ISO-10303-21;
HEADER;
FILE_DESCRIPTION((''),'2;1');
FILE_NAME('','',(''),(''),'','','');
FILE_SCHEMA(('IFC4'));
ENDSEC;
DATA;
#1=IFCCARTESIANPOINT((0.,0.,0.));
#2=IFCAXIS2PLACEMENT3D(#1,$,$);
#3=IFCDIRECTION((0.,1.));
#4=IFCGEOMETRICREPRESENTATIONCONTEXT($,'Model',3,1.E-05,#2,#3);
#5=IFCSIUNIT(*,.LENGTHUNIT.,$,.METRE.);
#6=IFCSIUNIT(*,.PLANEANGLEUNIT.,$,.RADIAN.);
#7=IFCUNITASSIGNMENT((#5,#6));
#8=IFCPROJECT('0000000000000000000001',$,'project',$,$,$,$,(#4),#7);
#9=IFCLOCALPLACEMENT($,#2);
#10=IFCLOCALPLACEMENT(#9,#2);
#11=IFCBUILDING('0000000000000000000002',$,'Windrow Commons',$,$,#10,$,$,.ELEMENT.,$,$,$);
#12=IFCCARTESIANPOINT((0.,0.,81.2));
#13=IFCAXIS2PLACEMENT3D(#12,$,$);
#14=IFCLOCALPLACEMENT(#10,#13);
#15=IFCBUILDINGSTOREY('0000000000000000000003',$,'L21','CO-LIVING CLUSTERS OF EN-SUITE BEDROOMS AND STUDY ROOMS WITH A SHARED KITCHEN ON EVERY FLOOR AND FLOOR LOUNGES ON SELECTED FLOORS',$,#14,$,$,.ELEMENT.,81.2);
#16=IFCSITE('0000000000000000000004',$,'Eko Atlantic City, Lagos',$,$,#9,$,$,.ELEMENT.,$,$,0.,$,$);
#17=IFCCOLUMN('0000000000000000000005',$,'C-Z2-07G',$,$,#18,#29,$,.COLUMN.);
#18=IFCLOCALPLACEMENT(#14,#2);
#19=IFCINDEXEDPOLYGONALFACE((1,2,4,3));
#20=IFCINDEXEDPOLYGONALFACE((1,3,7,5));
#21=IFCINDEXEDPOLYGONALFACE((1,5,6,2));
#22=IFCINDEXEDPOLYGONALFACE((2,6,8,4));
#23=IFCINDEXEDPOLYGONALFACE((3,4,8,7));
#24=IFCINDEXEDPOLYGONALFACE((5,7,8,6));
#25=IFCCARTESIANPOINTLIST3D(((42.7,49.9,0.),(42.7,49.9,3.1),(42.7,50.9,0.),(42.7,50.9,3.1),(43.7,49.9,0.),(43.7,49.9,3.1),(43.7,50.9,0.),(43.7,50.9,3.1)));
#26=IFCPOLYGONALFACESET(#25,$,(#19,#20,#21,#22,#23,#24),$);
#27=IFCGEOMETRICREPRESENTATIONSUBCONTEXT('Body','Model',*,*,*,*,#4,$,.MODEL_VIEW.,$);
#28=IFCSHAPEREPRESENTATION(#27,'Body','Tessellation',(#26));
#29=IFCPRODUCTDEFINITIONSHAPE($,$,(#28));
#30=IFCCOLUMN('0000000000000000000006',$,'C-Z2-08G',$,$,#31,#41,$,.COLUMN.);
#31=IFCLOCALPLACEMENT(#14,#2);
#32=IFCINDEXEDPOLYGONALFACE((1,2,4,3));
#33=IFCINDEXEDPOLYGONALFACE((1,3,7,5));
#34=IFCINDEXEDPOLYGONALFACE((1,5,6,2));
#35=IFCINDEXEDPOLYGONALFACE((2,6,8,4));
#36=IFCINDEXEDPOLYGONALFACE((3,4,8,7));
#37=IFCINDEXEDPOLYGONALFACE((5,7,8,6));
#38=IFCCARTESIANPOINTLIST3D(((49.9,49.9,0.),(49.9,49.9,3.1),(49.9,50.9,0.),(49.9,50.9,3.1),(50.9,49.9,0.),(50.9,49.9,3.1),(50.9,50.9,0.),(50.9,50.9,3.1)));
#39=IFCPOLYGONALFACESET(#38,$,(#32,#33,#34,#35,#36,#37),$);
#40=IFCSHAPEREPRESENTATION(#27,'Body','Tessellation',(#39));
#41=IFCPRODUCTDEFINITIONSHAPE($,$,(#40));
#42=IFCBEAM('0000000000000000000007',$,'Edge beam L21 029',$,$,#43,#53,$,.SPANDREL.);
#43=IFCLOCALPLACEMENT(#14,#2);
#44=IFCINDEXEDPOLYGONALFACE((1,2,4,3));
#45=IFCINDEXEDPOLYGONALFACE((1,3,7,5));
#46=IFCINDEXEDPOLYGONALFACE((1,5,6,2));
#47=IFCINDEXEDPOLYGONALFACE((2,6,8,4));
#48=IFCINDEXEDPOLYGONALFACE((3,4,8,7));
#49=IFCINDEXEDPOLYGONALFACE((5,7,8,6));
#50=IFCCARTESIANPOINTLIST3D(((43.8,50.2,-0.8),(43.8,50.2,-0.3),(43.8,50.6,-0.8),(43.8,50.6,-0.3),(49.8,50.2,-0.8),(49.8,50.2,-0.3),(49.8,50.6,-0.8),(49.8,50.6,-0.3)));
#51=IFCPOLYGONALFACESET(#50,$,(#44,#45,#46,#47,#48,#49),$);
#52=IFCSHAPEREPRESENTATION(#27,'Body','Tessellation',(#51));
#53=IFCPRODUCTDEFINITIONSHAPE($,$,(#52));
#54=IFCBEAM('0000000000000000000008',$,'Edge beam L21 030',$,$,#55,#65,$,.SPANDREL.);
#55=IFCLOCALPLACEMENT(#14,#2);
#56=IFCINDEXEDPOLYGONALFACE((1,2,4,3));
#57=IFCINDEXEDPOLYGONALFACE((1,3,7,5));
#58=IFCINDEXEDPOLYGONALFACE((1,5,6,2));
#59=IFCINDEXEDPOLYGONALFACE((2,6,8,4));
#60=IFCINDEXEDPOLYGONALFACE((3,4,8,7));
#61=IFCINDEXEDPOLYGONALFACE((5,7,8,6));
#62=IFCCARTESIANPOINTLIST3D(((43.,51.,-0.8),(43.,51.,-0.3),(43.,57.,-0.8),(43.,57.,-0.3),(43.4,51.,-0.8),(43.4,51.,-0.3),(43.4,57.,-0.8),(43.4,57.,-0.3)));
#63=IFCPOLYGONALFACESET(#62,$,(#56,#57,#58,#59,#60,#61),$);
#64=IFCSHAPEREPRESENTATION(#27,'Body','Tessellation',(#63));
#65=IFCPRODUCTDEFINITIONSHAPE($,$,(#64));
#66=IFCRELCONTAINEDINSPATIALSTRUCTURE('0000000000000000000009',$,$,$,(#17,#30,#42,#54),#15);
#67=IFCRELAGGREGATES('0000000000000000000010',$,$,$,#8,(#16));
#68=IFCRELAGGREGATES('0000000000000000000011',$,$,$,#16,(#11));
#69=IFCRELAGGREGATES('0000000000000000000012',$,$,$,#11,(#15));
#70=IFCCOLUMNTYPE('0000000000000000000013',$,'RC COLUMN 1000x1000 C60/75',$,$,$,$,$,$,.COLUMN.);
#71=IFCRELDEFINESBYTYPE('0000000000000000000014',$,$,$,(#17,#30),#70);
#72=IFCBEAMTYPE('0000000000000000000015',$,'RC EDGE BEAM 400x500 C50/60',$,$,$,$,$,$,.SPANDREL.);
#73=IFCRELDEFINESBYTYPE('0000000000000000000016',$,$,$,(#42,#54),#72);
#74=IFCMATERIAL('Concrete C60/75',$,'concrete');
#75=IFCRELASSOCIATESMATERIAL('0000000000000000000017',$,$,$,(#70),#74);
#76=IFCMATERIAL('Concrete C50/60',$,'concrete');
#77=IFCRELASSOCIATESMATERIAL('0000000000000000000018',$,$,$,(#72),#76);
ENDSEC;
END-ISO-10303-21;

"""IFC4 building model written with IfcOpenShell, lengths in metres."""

from ifc_helpers import new_model, si_unit, direction, frame, origin, origin_2d, place, context, subcontext, project, spatial, rectangle, extrude, material, material_profile, profile_set, type_object, element, save


model = new_model("IFC4")

# Units and contexts
model_context = context("Model", 3, precision=1e-05, world=origin(), true_north=direction((0.0, 1.0)))
body_context = subcontext(model_context, "Body", "Model", "MODEL_VIEW")
ifc_project = project(units=[si_unit("LENGTHUNIT", "METRE"), si_unit("PLANEANGLEUNIT", "RADIAN")], contexts=[model_context])

# Site, building, storey
site_placement = place(None, origin())
site = spatial("IfcSite", under=ifc_project, at=site_placement, Name="Eko Atlantic City, Lagos", CompositionType="ELEMENT", RefElevation=0.0)
building_placement = place(site_placement, origin())
building = spatial("IfcBuilding", under=site, at=building_placement, Name="Windrow Commons", CompositionType="ELEMENT")
storey_placement = place(building_placement, frame((0.0, 0.0, 81.2)))
storey = spatial("IfcBuildingStorey", under=building, at=storey_placement, Name="L21", Description="CO-LIVING CLUSTERS OF EN-SUITE BEDROOMS AND STUDY ROOMS WITH A SHARED KITCHEN ON EVERY FLOOR AND FLOOR LOUNGES ON SELECTED FLOORS", CompositionType="ELEMENT", Elevation=81.2)

# Columns
ifc_material_1 = material(Name="Concrete C60/75", Category="concrete")
ifc_material_profile_1 = material_profile(ifc_material_1, rectangle(XDim=1.0, YDim=1.0, at=origin_2d()))
ifc_profile_set_1 = profile_set([ifc_material_profile_1], Name="Concrete C60/75")
column_type = type_object("IfcColumnType", Name="RC COLUMN 1000x1000 C60/75", PredefinedType="COLUMN", material=ifc_profile_set_1)
for number, where, z_axis, x_axis, name in (
    (1, (43.2, 50.4, 0.0), (0.0, 0.0, 1.0), (1.0, 0.0, 0.0), "C-Z2-07G"),
    (2, (50.4, 50.4, 0.0), (0.0, 0.0, 1.0), (1.0, 0.0, 0.0), "C-Z2-08G"),
):
    element("IfcColumn", number, at=place(storey_placement, frame(where, z_axis=z_axis, x_axis=x_axis)), inside=storey, type_object=column_type, Name=name, PredefinedType="COLUMN", context=body_context, shape_type="SweptSolid", body=[
        extrude(rectangle(XDim=1.0, YDim=1.0, at=origin_2d()), origin(), (0.0, 0.0, 1.0), 3.1),
    ])

# Beams
ifc_material_2 = material(Name="Concrete C50/60", Category="concrete")
ifc_material_profile_2 = material_profile(ifc_material_2, rectangle(XDim=0.4, YDim=0.5, at=origin_2d()))
ifc_profile_set_2 = profile_set([ifc_material_profile_2], Name="Concrete C50/60")
beam_type = type_object("IfcBeamType", Name="RC EDGE BEAM 400x500 C50/60", PredefinedType="SPANDREL", material=ifc_profile_set_2)
for number, where, z_axis, x_axis, name in (
    (3, (49.8, 50.4, -0.55), (-1.0, 0.0, 0.0), (0.0, -1.0, 0.0), "Edge beam L21 029"),
    (4, (43.2, 51.0, -0.55), (0.0, 1.0, 0.0), (-1.0, 0.0, 0.0), "Edge beam L21 030"),
):
    element("IfcBeam", number, at=place(storey_placement, frame(where, z_axis=z_axis, x_axis=x_axis)), inside=storey, type_object=beam_type, Name=name, PredefinedType="SPANDREL", context=body_context, shape_type="SweptSolid", body=[
        extrude(rectangle(XDim=0.4, YDim=0.5, at=origin_2d()), origin(), (0.0, 0.0, 1.0), 6.0),
    ])

save(model, "model.ifc")
